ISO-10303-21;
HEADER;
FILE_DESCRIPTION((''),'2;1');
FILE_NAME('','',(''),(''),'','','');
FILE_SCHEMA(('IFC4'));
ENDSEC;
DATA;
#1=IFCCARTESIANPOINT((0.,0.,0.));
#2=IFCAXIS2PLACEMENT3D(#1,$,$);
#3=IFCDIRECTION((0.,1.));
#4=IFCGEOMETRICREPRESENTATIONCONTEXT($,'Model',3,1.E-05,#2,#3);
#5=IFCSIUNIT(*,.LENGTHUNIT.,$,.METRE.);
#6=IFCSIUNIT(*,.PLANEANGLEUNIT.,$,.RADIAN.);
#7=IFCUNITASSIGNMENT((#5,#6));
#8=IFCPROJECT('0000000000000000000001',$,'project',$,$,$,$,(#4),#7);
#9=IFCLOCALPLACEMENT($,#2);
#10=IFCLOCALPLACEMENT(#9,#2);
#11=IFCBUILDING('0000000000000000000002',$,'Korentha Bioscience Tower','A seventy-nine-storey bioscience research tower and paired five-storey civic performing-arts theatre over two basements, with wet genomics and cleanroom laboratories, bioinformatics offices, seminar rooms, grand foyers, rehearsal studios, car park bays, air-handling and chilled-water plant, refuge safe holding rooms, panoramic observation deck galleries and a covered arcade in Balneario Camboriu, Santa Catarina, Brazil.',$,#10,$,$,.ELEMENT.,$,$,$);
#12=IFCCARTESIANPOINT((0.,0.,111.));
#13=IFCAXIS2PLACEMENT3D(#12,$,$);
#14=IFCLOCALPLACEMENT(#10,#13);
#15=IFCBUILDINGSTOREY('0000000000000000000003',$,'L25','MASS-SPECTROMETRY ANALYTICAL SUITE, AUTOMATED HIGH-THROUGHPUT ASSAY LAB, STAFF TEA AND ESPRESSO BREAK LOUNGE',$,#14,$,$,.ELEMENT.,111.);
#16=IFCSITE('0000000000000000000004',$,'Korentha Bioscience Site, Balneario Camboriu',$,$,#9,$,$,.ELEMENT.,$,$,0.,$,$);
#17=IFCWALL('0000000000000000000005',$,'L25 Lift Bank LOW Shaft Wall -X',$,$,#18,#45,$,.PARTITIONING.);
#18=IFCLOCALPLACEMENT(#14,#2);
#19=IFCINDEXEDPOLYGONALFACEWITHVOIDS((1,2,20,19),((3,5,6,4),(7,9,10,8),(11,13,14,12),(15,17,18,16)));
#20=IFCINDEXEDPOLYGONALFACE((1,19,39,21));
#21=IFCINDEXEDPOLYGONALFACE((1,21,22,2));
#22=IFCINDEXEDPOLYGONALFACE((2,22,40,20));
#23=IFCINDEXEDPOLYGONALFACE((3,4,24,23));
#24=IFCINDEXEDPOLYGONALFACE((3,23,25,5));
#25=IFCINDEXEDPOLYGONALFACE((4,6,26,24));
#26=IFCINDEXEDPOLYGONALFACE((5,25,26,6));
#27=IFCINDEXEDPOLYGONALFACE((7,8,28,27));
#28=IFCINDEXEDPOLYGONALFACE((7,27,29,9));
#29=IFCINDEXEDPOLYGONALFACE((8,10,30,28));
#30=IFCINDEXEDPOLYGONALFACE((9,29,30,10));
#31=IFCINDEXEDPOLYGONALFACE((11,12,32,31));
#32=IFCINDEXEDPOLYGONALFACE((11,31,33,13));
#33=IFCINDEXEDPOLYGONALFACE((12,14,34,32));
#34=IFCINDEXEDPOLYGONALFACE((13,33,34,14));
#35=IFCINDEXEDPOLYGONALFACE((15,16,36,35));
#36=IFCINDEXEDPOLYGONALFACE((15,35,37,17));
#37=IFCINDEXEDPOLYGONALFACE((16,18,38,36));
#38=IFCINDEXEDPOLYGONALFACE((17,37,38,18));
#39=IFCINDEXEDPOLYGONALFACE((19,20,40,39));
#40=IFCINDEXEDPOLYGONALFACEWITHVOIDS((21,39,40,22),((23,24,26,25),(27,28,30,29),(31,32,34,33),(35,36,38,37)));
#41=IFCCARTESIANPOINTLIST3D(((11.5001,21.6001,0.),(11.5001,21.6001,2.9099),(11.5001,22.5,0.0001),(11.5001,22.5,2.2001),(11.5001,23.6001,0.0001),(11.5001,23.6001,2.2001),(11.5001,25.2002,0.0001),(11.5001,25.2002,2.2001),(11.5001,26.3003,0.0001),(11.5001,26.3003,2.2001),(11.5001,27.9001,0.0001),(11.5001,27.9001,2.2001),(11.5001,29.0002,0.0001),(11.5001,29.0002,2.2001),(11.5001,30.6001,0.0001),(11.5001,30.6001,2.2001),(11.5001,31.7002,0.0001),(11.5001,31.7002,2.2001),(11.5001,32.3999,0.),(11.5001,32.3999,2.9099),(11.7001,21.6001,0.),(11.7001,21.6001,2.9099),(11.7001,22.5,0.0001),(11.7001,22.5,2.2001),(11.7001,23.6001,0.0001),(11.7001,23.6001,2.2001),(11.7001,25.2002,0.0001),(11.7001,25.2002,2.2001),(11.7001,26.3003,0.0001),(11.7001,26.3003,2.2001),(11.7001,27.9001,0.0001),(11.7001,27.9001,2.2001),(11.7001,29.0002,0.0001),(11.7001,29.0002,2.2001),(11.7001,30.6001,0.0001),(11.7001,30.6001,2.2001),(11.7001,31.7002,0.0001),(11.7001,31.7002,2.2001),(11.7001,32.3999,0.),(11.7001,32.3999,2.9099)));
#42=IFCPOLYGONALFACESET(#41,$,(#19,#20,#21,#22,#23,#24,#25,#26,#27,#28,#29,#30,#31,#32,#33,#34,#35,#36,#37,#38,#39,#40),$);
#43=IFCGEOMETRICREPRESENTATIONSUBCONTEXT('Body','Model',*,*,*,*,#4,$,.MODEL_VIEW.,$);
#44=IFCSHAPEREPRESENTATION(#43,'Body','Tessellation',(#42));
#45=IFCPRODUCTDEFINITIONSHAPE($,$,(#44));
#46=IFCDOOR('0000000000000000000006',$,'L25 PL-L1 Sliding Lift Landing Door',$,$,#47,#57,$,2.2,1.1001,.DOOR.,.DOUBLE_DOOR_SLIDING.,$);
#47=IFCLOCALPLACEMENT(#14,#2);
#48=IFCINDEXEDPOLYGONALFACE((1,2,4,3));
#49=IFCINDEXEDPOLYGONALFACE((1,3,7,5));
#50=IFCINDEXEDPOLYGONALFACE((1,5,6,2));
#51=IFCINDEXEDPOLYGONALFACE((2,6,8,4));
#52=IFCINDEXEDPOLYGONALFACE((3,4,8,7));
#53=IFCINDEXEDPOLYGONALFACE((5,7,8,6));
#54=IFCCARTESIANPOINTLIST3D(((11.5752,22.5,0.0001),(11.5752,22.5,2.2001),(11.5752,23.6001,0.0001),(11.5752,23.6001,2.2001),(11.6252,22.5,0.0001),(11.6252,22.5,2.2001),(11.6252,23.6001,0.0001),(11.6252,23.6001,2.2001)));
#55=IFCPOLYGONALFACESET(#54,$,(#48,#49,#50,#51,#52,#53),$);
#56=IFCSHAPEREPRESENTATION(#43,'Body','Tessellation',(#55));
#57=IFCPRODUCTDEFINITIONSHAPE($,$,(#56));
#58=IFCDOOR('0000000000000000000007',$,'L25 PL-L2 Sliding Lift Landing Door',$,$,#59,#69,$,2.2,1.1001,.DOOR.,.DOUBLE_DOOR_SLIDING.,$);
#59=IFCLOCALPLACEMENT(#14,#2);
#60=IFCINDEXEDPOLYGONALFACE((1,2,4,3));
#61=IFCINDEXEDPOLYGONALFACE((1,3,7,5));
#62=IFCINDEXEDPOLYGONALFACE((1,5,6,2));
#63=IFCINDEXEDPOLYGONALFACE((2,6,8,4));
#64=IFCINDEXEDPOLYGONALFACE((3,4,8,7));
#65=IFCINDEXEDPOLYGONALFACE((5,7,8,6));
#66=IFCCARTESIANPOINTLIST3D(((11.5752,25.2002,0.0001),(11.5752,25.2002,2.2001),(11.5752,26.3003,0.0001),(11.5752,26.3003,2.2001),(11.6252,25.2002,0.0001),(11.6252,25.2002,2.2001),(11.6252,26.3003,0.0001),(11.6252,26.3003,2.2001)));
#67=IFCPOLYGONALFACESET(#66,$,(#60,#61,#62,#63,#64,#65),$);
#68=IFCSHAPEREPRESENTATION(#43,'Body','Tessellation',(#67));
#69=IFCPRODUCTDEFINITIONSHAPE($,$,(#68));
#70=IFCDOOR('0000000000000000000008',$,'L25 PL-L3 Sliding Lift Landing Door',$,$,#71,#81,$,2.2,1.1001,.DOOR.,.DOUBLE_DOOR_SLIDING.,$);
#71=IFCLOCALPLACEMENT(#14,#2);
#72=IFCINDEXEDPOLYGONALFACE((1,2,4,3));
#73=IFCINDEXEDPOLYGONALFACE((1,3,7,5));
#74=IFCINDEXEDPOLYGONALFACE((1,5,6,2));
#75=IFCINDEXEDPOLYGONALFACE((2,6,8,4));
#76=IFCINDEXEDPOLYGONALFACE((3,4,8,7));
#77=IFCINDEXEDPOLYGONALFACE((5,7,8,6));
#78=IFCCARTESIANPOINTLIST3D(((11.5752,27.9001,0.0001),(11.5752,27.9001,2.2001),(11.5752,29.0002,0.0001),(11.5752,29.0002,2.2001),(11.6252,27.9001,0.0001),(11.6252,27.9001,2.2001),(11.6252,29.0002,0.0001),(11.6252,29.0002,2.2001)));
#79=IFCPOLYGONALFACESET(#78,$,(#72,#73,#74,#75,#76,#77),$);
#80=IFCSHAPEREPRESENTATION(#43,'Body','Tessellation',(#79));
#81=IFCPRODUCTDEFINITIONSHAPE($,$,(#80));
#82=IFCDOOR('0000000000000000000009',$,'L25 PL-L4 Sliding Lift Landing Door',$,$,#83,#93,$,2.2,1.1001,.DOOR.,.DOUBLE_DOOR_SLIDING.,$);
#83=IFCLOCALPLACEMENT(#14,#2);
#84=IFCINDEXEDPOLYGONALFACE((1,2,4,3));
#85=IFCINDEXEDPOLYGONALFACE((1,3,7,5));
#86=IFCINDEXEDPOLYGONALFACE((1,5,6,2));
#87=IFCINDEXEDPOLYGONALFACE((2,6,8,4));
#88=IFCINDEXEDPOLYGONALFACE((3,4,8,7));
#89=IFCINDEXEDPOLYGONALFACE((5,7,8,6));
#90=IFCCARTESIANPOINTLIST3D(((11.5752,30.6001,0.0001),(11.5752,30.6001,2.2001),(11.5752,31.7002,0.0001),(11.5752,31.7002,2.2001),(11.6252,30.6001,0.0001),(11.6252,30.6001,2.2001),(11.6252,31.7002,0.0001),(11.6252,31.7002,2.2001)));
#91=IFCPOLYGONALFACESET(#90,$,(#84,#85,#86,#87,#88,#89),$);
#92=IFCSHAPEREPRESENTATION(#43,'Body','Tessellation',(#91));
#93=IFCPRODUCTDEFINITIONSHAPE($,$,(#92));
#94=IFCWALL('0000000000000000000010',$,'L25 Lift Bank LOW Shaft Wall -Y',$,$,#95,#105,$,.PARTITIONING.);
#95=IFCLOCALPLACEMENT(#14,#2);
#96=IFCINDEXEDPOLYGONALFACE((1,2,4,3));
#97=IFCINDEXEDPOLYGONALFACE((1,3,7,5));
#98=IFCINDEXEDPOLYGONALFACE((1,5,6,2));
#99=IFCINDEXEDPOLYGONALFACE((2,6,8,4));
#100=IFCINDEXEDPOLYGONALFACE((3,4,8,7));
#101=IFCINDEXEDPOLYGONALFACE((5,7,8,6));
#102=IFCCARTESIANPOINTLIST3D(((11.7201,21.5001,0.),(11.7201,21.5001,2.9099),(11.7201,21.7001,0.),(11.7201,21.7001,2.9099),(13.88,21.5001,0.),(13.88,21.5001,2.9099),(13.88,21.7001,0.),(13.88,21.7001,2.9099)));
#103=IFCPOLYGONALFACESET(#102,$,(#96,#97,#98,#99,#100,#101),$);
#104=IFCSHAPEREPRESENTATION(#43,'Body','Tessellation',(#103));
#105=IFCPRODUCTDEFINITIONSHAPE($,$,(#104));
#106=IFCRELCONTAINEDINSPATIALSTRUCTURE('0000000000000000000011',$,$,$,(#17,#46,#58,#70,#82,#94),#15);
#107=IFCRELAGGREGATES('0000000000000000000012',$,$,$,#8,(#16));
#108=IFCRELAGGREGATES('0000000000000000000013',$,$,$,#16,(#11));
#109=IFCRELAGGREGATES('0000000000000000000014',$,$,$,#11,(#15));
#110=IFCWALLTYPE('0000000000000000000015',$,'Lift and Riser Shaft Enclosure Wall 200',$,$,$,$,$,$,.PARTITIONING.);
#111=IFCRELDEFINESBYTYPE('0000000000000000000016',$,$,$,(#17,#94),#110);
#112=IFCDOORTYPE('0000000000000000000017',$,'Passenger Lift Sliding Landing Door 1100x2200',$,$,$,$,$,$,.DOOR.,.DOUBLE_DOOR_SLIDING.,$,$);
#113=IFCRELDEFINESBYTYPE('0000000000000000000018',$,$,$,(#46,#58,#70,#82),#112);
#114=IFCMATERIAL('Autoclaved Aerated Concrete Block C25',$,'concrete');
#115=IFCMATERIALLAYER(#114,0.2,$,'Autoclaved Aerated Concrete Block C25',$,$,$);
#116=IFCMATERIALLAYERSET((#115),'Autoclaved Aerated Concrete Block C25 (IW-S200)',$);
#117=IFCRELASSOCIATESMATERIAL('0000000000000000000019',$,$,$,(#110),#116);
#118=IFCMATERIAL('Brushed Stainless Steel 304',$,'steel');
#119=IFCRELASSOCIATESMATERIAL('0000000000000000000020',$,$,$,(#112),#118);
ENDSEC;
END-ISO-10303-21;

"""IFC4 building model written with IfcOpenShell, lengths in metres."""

from ifc_helpers import new_model, si_unit, direction, frame, frame_2d, origin, place, context, subcontext, project, spatial, rectangle, extrude, material, layer, layer_set, type_object, element, fill, save


model = new_model("IFC4")

# Units and contexts
model_context = context("Model", 3, precision=1e-05, world=origin(), true_north=direction((0.0, 1.0)))
body_context = subcontext(model_context, "Body", "Model", "MODEL_VIEW")
ifc_project = project(units=[si_unit("LENGTHUNIT", "METRE"), si_unit("PLANEANGLEUNIT", "RADIAN")], contexts=[model_context])

# Site, building, storey
site_placement = place(None, origin())
site = spatial("IfcSite", under=ifc_project, at=site_placement, Name="Korentha Bioscience Site, Balneario Camboriu", CompositionType="ELEMENT", RefElevation=0.0)
building_placement = place(site_placement, origin())
building = spatial("IfcBuilding", under=site, at=building_placement, Name="Korentha Bioscience Tower", Description="A seventy-nine-storey bioscience research tower and paired five-storey civic performing-arts theatre over two basements, with wet genomics and cleanroom laboratories, bioinformatics offices, seminar rooms, grand foyers, rehearsal studios, car park bays, air-handling and chilled-water plant, refuge safe holding rooms, panoramic observation deck galleries and a covered arcade in Balneario Camboriu, Santa Catarina, Brazil.", CompositionType="ELEMENT")
storey_placement = place(building_placement, frame((0.0, 0.0, 111.0)))
storey = spatial("IfcBuildingStorey", under=building, at=storey_placement, Name="L25", Description="MASS-SPECTROMETRY ANALYTICAL SUITE, AUTOMATED HIGH-THROUGHPUT ASSAY LAB, STAFF TEA AND ESPRESSO BREAK LOUNGE", CompositionType="ELEMENT", Elevation=111.0)

# Wall, openings, doors
ifc_material_1 = material(Name="Autoclaved Aerated Concrete Block C25", Category="concrete")
ifc_layer_1 = layer(ifc_material_1, 0.2, Name="Autoclaved Aerated Concrete Block C25")
ifc_layer_set_1 = layer_set([ifc_layer_1], Name="Autoclaved Aerated Concrete Block C25 (IW-S200)")
wall_type_1 = type_object("IfcWallType", Name="Lift and Riser Shaft Enclosure Wall 200", PredefinedType="PARTITIONING", material=ifc_layer_set_1)
wall_1_placement = place(storey_placement, frame((11.6001, 21.6001, 0.0), z_axis=(0.0, 0.0, 1.0), x_axis=(0.0, 1.0, 0.0)))
wall_1 = element("IfcWall", 1, at=wall_1_placement, inside=storey, type_object=wall_type_1, Name="L25 Lift Bank LOW Shaft Wall -X", PredefinedType="PARTITIONING", context=body_context, shape_type="SweptSolid", body=[
    extrude(rectangle(XDim=10.7998, YDim=0.2, at=frame_2d((5.3999, 0.0))), origin(), (0.0, 0.0, 1.0), 2.9099),
])
opening_1_placement = place(wall_1_placement, frame((0.8999, 0.0, 0.0)))
opening_1 = element("IfcOpeningElement", 2, at=opening_1_placement, cuts=wall_1, PredefinedType="OPENING", context=body_context, shape_type="SweptSolid", body=[
    extrude(rectangle(XDim=1.1001, YDim=2.2, at=frame_2d((0.55, 1.1001))), frame((0.0, 0.1147, 0.0), z_axis=(0.0, -1.0, 0.0), x_axis=(1.0, 0.0, 0.0)), (0.0, 0.0, 1.0), 0.2297),
])
opening_2_placement = place(wall_1_placement, frame((3.6001, 0.0, 0.0)))
opening_2 = element("IfcOpeningElement", 3, at=opening_2_placement, cuts=wall_1, PredefinedType="OPENING", context=body_context, shape_type="SweptSolid", body=[
    extrude(rectangle(XDim=1.1001, YDim=2.2, at=frame_2d((0.55, 1.1001))), frame((0.0, 0.1147, 0.0), z_axis=(0.0, -1.0, 0.0), x_axis=(1.0, 0.0, 0.0)), (0.0, 0.0, 1.0), 0.2297),
])
opening_3_placement = place(wall_1_placement, frame((6.3, 0.0, 0.0)))
opening_3 = element("IfcOpeningElement", 4, at=opening_3_placement, cuts=wall_1, PredefinedType="OPENING", context=body_context, shape_type="SweptSolid", body=[
    extrude(rectangle(XDim=1.1001, YDim=2.2, at=frame_2d((0.55, 1.1001))), frame((0.0, 0.1147, 0.0), z_axis=(0.0, -1.0, 0.0), x_axis=(1.0, 0.0, 0.0)), (0.0, 0.0, 1.0), 0.2297),
])
opening_4_placement = place(wall_1_placement, frame((9.0, 0.0, 0.0)))
opening_4 = element("IfcOpeningElement", 5, at=opening_4_placement, cuts=wall_1, PredefinedType="OPENING", context=body_context, shape_type="SweptSolid", body=[
    extrude(rectangle(XDim=1.1001, YDim=2.2, at=frame_2d((0.55, 1.1001))), frame((0.0, 0.1147, 0.0), z_axis=(0.0, -1.0, 0.0), x_axis=(1.0, 0.0, 0.0)), (0.0, 0.0, 1.0), 0.2297),
])
ifc_material_2 = material(Name="Brushed Stainless Steel 304", Category="steel")
door_type_1 = type_object("IfcDoorType", Name="Passenger Lift Sliding Landing Door 1100x2200", OperationType="DOUBLE_DOOR_SLIDING", PredefinedType="DOOR", material=ifc_material_2)
door_1_placement = place(opening_1_placement, origin())
door_1 = element("IfcDoor", 6, at=door_1_placement, inside=storey, type_object=door_type_1, Name="L25 PL-L1 Sliding Lift Landing Door", OperationType="DOUBLE_DOOR_SLIDING", OverallHeight=2.2, OverallWidth=1.1001, PredefinedType="DOOR", context=body_context, shape_type="SweptSolid", body=[
    extrude(rectangle(XDim=1.1001, YDim=2.2, at=frame_2d((0.55, 1.1001))), frame((0.0, 0.0249, 0.0), z_axis=(0.0, -1.0, 0.0), x_axis=(1.0, 0.0, 0.0)), (0.0, 0.0, 1.0), 0.05),
])
fill(opening_1, door_1)
door_2_placement = place(opening_2_placement, origin())
door_2 = element("IfcDoor", 7, at=door_2_placement, inside=storey, type_object=door_type_1, Name="L25 PL-L2 Sliding Lift Landing Door", OperationType="DOUBLE_DOOR_SLIDING", OverallHeight=2.2, OverallWidth=1.1001, PredefinedType="DOOR", context=body_context, shape_type="SweptSolid", body=[
    extrude(rectangle(XDim=1.1001, YDim=2.2, at=frame_2d((0.55, 1.1001))), frame((0.0, 0.0249, 0.0), z_axis=(0.0, -1.0, 0.0), x_axis=(1.0, 0.0, 0.0)), (0.0, 0.0, 1.0), 0.05),
])
fill(opening_2, door_2)
door_3_placement = place(opening_3_placement, origin())
door_3 = element("IfcDoor", 8, at=door_3_placement, inside=storey, type_object=door_type_1, Name="L25 PL-L3 Sliding Lift Landing Door", OperationType="DOUBLE_DOOR_SLIDING", OverallHeight=2.2, OverallWidth=1.1001, PredefinedType="DOOR", context=body_context, shape_type="SweptSolid", body=[
    extrude(rectangle(XDim=1.1001, YDim=2.2, at=frame_2d((0.55, 1.1001))), frame((0.0, 0.0249, 0.0), z_axis=(0.0, -1.0, 0.0), x_axis=(1.0, 0.0, 0.0)), (0.0, 0.0, 1.0), 0.05),
])
fill(opening_3, door_3)
door_4_placement = place(opening_4_placement, origin())
door_4 = element("IfcDoor", 9, at=door_4_placement, inside=storey, type_object=door_type_1, Name="L25 PL-L4 Sliding Lift Landing Door", OperationType="DOUBLE_DOOR_SLIDING", OverallHeight=2.2, OverallWidth=1.1001, PredefinedType="DOOR", context=body_context, shape_type="SweptSolid", body=[
    extrude(rectangle(XDim=1.1001, YDim=2.2, at=frame_2d((0.55, 1.1001))), frame((0.0, 0.0249, 0.0), z_axis=(0.0, -1.0, 0.0), x_axis=(1.0, 0.0, 0.0)), (0.0, 0.0, 1.0), 0.05),
])
fill(opening_4, door_4)

# Wall
wall_2_placement = place(storey_placement, frame((11.72, 21.6001, 0.0), z_axis=(0.0, 0.0, 1.0), x_axis=(1.0, 0.0, 0.0)))
element("IfcWall", 10, at=wall_2_placement, inside=storey, type_object=wall_type_1, Name="L25 Lift Bank LOW Shaft Wall -Y", PredefinedType="PARTITIONING", context=body_context, shape_type="SweptSolid", body=[
    extrude(rectangle(XDim=2.1599, YDim=0.2, at=frame_2d((1.0801, 0.0))), origin(), (0.0, 0.0, 1.0), 2.9099),
])

save(model, "model.ifc")
